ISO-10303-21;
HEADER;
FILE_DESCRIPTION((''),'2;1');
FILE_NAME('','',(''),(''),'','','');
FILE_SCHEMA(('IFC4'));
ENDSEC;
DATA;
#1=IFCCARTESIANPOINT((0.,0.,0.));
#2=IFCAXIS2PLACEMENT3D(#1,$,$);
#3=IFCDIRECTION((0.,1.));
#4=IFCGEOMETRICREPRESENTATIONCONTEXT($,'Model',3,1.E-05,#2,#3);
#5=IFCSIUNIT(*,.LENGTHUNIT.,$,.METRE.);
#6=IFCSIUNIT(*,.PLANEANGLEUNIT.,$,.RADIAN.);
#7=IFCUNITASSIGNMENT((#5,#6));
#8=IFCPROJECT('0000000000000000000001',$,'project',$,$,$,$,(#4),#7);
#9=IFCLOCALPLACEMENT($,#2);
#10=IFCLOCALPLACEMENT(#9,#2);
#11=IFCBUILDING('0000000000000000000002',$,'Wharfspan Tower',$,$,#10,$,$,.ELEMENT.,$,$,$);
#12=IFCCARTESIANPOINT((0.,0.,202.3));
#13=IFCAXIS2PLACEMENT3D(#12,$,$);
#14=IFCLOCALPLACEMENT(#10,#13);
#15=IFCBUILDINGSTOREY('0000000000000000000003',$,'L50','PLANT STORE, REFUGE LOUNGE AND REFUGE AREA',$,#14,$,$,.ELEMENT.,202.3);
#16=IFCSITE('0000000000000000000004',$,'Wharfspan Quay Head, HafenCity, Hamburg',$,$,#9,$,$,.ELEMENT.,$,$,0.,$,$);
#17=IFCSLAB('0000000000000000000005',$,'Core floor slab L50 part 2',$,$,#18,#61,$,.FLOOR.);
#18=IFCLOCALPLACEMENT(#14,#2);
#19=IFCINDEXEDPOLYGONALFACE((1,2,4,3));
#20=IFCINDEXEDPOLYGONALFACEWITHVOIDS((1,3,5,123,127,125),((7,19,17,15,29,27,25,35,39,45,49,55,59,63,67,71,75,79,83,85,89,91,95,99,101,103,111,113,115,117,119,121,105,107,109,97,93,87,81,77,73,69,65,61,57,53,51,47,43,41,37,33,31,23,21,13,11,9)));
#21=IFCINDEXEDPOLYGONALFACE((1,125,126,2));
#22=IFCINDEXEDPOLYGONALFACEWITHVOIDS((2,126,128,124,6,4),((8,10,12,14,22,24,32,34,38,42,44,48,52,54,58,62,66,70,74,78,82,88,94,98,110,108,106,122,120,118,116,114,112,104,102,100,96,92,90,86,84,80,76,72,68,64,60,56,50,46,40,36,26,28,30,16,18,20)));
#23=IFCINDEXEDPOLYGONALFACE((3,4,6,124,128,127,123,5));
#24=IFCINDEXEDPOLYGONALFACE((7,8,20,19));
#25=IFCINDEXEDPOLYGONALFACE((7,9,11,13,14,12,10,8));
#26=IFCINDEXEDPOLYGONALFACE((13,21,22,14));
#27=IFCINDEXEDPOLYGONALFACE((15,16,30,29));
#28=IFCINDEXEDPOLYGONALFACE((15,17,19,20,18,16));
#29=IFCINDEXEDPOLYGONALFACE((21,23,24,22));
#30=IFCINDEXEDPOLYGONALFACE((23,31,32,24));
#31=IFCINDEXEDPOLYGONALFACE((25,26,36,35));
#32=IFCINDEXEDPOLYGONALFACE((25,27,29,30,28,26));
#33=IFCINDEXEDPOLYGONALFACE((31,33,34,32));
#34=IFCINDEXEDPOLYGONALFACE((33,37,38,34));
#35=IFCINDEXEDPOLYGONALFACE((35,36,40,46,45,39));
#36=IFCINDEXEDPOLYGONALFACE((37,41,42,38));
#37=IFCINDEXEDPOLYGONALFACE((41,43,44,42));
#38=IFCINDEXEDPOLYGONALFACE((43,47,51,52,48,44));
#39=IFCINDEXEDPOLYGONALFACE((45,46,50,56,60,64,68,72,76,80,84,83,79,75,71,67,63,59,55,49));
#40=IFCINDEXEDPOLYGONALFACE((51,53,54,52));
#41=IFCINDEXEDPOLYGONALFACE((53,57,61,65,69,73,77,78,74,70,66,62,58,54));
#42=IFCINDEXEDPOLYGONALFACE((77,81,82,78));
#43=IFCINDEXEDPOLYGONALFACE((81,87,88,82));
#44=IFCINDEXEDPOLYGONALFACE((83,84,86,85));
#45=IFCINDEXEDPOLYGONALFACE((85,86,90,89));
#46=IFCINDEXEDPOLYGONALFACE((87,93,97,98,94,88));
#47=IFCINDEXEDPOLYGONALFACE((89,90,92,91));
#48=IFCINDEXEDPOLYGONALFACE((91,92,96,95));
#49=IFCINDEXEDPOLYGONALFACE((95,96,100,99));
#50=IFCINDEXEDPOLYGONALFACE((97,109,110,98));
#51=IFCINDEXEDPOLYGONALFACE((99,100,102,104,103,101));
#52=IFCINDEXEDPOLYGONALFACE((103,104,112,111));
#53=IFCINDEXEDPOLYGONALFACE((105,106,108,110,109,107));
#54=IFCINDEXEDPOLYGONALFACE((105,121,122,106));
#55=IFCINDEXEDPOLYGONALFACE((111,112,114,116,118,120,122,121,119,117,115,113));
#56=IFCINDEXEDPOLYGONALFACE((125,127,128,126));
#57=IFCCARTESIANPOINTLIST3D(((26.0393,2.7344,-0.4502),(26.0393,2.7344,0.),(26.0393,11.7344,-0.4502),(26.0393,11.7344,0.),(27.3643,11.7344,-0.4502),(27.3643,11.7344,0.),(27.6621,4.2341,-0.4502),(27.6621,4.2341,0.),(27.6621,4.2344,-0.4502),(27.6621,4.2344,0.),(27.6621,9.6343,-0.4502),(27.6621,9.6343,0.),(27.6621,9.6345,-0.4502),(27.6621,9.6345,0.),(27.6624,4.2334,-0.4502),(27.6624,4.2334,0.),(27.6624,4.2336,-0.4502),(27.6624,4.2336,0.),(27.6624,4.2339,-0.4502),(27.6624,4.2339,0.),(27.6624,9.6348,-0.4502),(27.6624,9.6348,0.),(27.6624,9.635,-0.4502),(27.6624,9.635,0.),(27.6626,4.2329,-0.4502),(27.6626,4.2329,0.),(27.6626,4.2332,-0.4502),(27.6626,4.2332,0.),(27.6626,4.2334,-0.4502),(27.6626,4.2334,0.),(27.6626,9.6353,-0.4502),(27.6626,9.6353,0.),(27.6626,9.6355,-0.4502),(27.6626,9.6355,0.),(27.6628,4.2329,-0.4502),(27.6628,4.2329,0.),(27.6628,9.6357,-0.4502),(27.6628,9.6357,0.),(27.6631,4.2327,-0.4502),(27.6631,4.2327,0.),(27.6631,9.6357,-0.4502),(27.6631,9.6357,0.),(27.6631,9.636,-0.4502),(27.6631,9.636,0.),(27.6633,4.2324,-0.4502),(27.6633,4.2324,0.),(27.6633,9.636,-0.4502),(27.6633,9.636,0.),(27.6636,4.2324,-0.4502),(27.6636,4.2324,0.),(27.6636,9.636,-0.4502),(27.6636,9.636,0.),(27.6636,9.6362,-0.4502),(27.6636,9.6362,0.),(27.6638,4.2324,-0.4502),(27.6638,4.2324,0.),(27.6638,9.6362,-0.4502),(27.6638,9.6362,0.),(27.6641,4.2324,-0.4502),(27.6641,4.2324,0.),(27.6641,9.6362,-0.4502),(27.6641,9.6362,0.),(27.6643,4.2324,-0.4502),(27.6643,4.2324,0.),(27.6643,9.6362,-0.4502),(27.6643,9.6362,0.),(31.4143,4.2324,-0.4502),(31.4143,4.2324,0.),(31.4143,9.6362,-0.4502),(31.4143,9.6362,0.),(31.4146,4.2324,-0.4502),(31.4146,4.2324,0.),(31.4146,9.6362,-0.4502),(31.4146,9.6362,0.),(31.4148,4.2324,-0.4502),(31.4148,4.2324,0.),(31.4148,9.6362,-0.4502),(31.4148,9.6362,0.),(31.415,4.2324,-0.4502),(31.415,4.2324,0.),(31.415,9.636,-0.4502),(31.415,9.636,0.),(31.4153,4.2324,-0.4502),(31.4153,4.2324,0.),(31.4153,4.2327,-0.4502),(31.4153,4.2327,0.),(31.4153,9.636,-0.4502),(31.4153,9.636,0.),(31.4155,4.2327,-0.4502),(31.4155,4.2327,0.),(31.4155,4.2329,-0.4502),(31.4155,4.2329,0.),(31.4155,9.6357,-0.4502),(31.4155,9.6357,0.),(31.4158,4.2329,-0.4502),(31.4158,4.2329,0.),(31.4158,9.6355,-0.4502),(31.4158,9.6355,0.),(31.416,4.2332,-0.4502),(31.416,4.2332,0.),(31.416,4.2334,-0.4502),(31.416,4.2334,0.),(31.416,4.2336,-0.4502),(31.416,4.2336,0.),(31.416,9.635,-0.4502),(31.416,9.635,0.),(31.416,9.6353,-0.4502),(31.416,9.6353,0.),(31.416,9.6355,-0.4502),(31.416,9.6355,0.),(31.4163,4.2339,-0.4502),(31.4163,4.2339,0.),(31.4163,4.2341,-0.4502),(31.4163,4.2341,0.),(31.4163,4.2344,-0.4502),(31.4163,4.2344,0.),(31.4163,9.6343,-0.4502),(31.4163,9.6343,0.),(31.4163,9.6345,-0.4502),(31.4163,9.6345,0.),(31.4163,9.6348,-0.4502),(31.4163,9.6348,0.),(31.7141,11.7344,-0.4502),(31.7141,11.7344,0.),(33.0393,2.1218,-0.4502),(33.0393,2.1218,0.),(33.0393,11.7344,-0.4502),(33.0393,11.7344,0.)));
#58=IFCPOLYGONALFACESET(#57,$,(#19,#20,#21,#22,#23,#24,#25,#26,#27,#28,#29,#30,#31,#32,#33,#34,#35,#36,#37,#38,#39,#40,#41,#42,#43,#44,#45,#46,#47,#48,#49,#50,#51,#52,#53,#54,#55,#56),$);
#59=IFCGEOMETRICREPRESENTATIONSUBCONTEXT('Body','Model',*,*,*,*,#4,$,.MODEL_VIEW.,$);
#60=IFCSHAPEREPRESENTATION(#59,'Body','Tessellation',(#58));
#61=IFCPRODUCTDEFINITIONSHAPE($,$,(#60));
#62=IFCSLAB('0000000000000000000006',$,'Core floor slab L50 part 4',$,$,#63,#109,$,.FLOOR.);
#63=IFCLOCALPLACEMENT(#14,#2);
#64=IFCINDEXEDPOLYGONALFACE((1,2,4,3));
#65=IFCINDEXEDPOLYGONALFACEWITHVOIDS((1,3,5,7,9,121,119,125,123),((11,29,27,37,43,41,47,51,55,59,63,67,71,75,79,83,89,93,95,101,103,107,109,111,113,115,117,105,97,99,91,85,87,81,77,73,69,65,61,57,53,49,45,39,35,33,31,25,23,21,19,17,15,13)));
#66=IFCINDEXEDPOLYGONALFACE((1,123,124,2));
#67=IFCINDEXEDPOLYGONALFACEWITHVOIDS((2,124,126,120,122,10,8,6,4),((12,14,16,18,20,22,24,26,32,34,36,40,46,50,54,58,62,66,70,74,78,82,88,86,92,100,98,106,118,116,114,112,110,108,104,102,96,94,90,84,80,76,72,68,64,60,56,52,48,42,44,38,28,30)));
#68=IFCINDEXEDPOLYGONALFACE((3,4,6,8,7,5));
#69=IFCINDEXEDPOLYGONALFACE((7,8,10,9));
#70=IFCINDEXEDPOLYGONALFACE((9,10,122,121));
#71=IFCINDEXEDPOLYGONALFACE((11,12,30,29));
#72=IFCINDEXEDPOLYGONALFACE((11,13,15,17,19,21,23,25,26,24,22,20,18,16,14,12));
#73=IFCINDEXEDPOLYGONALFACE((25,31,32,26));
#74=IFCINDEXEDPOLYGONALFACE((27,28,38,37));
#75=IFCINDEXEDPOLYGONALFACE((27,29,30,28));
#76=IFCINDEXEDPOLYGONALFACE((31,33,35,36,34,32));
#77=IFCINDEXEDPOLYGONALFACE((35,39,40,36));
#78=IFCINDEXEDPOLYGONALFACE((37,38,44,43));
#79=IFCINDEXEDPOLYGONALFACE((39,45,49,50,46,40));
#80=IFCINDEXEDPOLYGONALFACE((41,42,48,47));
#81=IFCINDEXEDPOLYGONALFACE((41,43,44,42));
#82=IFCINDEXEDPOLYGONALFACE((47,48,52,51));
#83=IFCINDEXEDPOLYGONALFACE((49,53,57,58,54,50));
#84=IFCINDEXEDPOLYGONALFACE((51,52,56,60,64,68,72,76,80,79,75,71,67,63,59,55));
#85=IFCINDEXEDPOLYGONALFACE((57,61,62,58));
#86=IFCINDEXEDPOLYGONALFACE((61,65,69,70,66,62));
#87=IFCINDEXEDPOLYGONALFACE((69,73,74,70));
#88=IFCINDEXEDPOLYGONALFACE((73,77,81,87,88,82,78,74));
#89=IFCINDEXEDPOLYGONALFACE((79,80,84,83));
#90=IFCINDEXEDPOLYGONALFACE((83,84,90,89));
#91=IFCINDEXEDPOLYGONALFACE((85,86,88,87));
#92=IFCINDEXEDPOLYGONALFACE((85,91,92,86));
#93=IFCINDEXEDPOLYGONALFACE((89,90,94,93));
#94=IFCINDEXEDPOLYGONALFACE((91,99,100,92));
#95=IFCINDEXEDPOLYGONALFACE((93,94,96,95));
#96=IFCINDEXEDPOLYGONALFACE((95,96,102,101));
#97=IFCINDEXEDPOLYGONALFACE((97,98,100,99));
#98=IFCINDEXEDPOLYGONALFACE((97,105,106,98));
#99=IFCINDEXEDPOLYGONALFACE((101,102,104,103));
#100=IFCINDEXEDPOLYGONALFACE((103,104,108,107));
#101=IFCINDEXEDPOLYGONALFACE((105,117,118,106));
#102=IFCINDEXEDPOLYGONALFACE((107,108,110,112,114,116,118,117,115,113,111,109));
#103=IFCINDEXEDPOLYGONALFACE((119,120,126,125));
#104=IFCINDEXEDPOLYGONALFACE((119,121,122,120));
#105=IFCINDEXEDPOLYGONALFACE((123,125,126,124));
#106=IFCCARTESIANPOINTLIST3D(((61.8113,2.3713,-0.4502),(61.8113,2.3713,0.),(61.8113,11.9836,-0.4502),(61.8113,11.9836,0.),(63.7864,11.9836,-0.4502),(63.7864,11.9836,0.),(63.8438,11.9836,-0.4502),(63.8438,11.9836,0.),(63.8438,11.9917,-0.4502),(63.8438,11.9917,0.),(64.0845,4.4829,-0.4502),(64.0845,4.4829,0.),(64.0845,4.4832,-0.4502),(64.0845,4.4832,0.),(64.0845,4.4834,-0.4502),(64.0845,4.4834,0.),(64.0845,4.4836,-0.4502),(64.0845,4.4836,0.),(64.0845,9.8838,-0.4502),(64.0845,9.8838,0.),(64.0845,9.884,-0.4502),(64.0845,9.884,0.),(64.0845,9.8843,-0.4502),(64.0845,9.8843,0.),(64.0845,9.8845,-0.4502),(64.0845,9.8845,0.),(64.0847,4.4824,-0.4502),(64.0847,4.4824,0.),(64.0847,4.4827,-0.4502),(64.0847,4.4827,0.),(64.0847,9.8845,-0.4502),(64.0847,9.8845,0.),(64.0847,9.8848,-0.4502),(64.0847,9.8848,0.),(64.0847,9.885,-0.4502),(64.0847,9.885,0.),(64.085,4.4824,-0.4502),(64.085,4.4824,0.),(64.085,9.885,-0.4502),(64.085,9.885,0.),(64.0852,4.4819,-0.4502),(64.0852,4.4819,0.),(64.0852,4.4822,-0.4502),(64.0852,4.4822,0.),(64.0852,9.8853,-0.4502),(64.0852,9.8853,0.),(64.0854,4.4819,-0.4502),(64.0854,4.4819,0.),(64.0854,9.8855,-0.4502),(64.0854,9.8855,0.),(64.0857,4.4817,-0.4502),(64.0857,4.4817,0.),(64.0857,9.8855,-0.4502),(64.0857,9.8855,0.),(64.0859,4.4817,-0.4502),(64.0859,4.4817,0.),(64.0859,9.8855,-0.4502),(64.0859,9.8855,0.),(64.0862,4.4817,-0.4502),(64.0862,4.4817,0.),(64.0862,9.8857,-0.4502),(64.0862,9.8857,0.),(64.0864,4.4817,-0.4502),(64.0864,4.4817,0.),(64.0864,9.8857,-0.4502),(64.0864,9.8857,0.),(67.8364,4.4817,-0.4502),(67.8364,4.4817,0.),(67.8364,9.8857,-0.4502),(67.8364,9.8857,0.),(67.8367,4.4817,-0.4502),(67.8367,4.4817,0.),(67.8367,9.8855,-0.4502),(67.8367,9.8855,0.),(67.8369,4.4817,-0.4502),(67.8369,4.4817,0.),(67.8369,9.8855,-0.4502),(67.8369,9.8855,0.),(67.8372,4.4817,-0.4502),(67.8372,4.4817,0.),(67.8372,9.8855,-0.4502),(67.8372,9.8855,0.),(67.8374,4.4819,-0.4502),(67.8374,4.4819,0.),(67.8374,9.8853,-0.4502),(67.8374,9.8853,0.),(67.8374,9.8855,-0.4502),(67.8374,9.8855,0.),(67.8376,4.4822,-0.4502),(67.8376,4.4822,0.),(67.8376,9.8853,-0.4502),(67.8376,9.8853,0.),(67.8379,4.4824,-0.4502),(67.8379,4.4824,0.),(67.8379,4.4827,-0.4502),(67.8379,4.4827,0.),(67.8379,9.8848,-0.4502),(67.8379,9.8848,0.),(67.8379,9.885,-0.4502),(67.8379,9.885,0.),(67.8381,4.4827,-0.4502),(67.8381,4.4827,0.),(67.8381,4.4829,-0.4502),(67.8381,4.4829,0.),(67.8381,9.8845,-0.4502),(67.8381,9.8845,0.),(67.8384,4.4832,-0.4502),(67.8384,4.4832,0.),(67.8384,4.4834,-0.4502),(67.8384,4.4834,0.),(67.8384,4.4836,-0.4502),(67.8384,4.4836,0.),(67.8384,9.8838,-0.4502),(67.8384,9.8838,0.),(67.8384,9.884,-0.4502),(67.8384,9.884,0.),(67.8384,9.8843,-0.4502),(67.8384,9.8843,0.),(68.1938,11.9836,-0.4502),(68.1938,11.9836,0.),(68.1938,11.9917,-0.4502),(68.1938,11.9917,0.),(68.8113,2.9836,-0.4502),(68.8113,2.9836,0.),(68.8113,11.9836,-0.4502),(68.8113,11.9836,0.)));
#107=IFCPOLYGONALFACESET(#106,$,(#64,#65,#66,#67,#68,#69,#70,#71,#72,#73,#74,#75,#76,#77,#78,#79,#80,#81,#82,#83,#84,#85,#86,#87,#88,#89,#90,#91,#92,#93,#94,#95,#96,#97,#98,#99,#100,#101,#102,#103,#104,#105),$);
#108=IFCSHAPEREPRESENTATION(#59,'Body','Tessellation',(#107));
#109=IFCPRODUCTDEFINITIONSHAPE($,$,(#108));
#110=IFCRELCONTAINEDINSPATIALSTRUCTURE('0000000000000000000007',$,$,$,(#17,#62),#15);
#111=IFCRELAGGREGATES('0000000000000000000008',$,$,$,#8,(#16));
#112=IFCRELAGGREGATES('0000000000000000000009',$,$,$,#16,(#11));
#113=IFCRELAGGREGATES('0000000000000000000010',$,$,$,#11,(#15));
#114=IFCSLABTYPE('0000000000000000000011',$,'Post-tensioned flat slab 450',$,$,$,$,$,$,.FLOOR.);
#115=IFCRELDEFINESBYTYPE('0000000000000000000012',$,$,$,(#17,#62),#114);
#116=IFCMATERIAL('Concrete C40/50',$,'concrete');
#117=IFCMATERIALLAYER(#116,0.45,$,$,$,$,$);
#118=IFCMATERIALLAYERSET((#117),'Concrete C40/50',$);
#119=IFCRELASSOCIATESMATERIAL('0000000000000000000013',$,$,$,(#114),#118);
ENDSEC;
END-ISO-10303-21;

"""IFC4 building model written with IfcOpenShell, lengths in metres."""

from ifc_helpers import new_model, si_unit, direction, frame, origin, place, context, subcontext, project, spatial, polyline, outline, extrude, material, layer, layer_set, type_object, element, save


model = new_model("IFC4")

# Units and contexts
model_context = context("Model", 3, precision=1e-05, world=origin(), true_north=direction((0.0, 1.0)))
body_context = subcontext(model_context, "Body", "Model", "MODEL_VIEW")
ifc_project = project(units=[si_unit("LENGTHUNIT", "METRE"), si_unit("PLANEANGLEUNIT", "RADIAN")], contexts=[model_context])

# Site, building, storey
site_placement = place(None, origin())
site = spatial("IfcSite", under=ifc_project, at=site_placement, Name="Wharfspan Quay Head, HafenCity, Hamburg", CompositionType="ELEMENT", RefElevation=0.0)
building_placement = place(site_placement, origin())
building = spatial("IfcBuilding", under=site, at=building_placement, Name="Wharfspan Tower", CompositionType="ELEMENT")
storey_placement = place(building_placement, frame((0.0, 0.0, 202.3)))
storey = spatial("IfcBuildingStorey", under=building, at=storey_placement, Name="L50", Description="PLANT STORE, REFUGE LOUNGE AND REFUGE AREA", CompositionType="ELEMENT", Elevation=202.3)

# Slabs
ifc_material_1 = material(Name="Concrete C40/50", Category="concrete")
ifc_layer_1 = layer(ifc_material_1, 0.45)
ifc_layer_set_1 = layer_set([ifc_layer_1], Name="Concrete C40/50")
slab_type_1 = type_object("IfcSlabType", Name="Post-tensioned flat slab 450", PredefinedType="FLOOR", material=ifc_layer_set_1)
slab_1_placement = place(storey_placement, frame((0.0, 0.0, -0.4502)))
element("IfcSlab", 1, at=slab_1_placement, inside=storey, type_object=slab_type_1, Name="Core floor slab L50 part 2", PredefinedType="FLOOR", context=body_context, shape_type="SweptSolid", body=[
    extrude(outline(polyline([(33.0393, 11.7344), (31.7141, 11.7344), (27.3643, 11.7344), (26.0393, 11.7344), (26.0393, 2.7344), (33.0393, 2.1218), (33.0393, 11.7344)]), holes=[polyline([(27.6621, 9.6343), (27.6621, 9.6345), (27.6624, 9.6348), (27.6624, 9.635), (27.6624, 9.635), (27.6626, 9.6353), (27.6626, 9.6355), (27.6626, 9.6355), (27.6628, 9.6357), (27.6631, 9.6357), (27.6631, 9.636), (27.6633, 9.636), (27.6636, 9.636), (27.6636, 9.6362), (27.6638, 9.6362), (27.6641, 9.6362), (27.6643, 9.6362), (31.4143, 9.6362), (31.4143, 9.6362), (31.4146, 9.6362), (31.4148, 9.6362), (31.415, 9.636), (31.4153, 9.636), (31.4153, 9.636), (31.4155, 9.6357), (31.4155, 9.6357), (31.4158, 9.6355), (31.416, 9.6355), (31.416, 9.6353), (31.416, 9.635), (31.416, 9.635), (31.4163, 9.6348), (31.4163, 9.6345), (31.4163, 9.6343), (31.4163, 4.2344), (31.4163, 4.2341), (31.4163, 4.2339), (31.416, 4.2336), (31.416, 4.2334), (31.416, 4.2334), (31.416, 4.2332), (31.4158, 4.2329), (31.4155, 4.2329), (31.4155, 4.2327), (31.4153, 4.2327), (31.4153, 4.2324), (31.415, 4.2324), (31.4148, 4.2324), (31.4146, 4.2324), (31.4143, 4.2324), (31.4143, 4.2324), (27.6643, 4.2324), (27.6641, 4.2324), (27.6638, 4.2324), (27.6636, 4.2324), (27.6636, 4.2324), (27.6633, 4.2324), (27.6631, 4.2327), (27.6631, 4.2327), (27.6628, 4.2329), (27.6626, 4.2329), (27.6626, 4.2332), (27.6626, 4.2334), (27.6624, 4.2334), (27.6624, 4.2336), (27.6624, 4.2339), (27.6621, 4.2341), (27.6621, 4.2344), (27.6621, 9.6343)])]), origin(), (0.0, 0.0, 1.0), 0.4502),
])
slab_2_placement = place(storey_placement, frame((0.0, 0.0, -0.4502)))
element("IfcSlab", 2, at=slab_2_placement, inside=storey, type_object=slab_type_1, Name="Core floor slab L50 part 4", PredefinedType="FLOOR", context=body_context, shape_type="SweptSolid", body=[
    extrude(outline(polyline([(68.1938, 11.9917), (63.8438, 11.9917), (63.8438, 11.9836), (63.7864, 11.9836), (61.8113, 11.9836), (61.8113, 2.3713), (68.8113, 2.9836), (68.8113, 11.9836), (68.1938, 11.9836), (68.1938, 11.9917)]), holes=[polyline([(64.0845, 9.8838), (64.0845, 9.8838), (64.0845, 9.884), (64.0845, 9.8843), (64.0845, 9.8845), (64.0847, 9.8845), (64.0847, 9.8848), (64.0847, 9.885), (64.085, 9.885), (64.0852, 9.8853), (64.0852, 9.8853), (64.0854, 9.8855), (64.0857, 9.8855), (64.0857, 9.8855), (64.0859, 9.8855), (64.0862, 9.8857), (64.0864, 9.8857), (67.8364, 9.8857), (67.8364, 9.8857), (67.8367, 9.8855), (67.8369, 9.8855), (67.8372, 9.8855), (67.8374, 9.8855), (67.8374, 9.8853), (67.8376, 9.8853), (67.8379, 9.885), (67.8379, 9.885), (67.8379, 9.8848), (67.8381, 9.8845), (67.8381, 9.8845), (67.8384, 9.8843), (67.8384, 9.884), (67.8384, 9.8838), (67.8384, 9.8838), (67.8384, 4.4836), (67.8384, 4.4834), (67.8384, 4.4834), (67.8384, 4.4832), (67.8381, 4.4829), (67.8381, 4.4827), (67.8379, 4.4827), (67.8379, 4.4824), (67.8379, 4.4824), (67.8376, 4.4822), (67.8374, 4.4819), (67.8374, 4.4819), (67.8372, 4.4817), (67.8369, 4.4817), (67.8367, 4.4817), (67.8364, 4.4817), (67.8364, 4.4817), (64.0864, 4.4817), (64.0862, 4.4817), (64.0859, 4.4817), (64.0857, 4.4817), (64.0857, 4.4817), (64.0854, 4.4819), (64.0852, 4.4819), (64.0852, 4.4822), (64.085, 4.4824), (64.0847, 4.4824), (64.0847, 4.4827), (64.0847, 4.4827), (64.0845, 4.4829), (64.0845, 4.4832), (64.0845, 4.4834), (64.0845, 4.4834), (64.0845, 4.4836), (64.0845, 9.8838)])]), origin(), (0.0, 0.0, 1.0), 0.4502),
])

save(model, "model.ifc")
